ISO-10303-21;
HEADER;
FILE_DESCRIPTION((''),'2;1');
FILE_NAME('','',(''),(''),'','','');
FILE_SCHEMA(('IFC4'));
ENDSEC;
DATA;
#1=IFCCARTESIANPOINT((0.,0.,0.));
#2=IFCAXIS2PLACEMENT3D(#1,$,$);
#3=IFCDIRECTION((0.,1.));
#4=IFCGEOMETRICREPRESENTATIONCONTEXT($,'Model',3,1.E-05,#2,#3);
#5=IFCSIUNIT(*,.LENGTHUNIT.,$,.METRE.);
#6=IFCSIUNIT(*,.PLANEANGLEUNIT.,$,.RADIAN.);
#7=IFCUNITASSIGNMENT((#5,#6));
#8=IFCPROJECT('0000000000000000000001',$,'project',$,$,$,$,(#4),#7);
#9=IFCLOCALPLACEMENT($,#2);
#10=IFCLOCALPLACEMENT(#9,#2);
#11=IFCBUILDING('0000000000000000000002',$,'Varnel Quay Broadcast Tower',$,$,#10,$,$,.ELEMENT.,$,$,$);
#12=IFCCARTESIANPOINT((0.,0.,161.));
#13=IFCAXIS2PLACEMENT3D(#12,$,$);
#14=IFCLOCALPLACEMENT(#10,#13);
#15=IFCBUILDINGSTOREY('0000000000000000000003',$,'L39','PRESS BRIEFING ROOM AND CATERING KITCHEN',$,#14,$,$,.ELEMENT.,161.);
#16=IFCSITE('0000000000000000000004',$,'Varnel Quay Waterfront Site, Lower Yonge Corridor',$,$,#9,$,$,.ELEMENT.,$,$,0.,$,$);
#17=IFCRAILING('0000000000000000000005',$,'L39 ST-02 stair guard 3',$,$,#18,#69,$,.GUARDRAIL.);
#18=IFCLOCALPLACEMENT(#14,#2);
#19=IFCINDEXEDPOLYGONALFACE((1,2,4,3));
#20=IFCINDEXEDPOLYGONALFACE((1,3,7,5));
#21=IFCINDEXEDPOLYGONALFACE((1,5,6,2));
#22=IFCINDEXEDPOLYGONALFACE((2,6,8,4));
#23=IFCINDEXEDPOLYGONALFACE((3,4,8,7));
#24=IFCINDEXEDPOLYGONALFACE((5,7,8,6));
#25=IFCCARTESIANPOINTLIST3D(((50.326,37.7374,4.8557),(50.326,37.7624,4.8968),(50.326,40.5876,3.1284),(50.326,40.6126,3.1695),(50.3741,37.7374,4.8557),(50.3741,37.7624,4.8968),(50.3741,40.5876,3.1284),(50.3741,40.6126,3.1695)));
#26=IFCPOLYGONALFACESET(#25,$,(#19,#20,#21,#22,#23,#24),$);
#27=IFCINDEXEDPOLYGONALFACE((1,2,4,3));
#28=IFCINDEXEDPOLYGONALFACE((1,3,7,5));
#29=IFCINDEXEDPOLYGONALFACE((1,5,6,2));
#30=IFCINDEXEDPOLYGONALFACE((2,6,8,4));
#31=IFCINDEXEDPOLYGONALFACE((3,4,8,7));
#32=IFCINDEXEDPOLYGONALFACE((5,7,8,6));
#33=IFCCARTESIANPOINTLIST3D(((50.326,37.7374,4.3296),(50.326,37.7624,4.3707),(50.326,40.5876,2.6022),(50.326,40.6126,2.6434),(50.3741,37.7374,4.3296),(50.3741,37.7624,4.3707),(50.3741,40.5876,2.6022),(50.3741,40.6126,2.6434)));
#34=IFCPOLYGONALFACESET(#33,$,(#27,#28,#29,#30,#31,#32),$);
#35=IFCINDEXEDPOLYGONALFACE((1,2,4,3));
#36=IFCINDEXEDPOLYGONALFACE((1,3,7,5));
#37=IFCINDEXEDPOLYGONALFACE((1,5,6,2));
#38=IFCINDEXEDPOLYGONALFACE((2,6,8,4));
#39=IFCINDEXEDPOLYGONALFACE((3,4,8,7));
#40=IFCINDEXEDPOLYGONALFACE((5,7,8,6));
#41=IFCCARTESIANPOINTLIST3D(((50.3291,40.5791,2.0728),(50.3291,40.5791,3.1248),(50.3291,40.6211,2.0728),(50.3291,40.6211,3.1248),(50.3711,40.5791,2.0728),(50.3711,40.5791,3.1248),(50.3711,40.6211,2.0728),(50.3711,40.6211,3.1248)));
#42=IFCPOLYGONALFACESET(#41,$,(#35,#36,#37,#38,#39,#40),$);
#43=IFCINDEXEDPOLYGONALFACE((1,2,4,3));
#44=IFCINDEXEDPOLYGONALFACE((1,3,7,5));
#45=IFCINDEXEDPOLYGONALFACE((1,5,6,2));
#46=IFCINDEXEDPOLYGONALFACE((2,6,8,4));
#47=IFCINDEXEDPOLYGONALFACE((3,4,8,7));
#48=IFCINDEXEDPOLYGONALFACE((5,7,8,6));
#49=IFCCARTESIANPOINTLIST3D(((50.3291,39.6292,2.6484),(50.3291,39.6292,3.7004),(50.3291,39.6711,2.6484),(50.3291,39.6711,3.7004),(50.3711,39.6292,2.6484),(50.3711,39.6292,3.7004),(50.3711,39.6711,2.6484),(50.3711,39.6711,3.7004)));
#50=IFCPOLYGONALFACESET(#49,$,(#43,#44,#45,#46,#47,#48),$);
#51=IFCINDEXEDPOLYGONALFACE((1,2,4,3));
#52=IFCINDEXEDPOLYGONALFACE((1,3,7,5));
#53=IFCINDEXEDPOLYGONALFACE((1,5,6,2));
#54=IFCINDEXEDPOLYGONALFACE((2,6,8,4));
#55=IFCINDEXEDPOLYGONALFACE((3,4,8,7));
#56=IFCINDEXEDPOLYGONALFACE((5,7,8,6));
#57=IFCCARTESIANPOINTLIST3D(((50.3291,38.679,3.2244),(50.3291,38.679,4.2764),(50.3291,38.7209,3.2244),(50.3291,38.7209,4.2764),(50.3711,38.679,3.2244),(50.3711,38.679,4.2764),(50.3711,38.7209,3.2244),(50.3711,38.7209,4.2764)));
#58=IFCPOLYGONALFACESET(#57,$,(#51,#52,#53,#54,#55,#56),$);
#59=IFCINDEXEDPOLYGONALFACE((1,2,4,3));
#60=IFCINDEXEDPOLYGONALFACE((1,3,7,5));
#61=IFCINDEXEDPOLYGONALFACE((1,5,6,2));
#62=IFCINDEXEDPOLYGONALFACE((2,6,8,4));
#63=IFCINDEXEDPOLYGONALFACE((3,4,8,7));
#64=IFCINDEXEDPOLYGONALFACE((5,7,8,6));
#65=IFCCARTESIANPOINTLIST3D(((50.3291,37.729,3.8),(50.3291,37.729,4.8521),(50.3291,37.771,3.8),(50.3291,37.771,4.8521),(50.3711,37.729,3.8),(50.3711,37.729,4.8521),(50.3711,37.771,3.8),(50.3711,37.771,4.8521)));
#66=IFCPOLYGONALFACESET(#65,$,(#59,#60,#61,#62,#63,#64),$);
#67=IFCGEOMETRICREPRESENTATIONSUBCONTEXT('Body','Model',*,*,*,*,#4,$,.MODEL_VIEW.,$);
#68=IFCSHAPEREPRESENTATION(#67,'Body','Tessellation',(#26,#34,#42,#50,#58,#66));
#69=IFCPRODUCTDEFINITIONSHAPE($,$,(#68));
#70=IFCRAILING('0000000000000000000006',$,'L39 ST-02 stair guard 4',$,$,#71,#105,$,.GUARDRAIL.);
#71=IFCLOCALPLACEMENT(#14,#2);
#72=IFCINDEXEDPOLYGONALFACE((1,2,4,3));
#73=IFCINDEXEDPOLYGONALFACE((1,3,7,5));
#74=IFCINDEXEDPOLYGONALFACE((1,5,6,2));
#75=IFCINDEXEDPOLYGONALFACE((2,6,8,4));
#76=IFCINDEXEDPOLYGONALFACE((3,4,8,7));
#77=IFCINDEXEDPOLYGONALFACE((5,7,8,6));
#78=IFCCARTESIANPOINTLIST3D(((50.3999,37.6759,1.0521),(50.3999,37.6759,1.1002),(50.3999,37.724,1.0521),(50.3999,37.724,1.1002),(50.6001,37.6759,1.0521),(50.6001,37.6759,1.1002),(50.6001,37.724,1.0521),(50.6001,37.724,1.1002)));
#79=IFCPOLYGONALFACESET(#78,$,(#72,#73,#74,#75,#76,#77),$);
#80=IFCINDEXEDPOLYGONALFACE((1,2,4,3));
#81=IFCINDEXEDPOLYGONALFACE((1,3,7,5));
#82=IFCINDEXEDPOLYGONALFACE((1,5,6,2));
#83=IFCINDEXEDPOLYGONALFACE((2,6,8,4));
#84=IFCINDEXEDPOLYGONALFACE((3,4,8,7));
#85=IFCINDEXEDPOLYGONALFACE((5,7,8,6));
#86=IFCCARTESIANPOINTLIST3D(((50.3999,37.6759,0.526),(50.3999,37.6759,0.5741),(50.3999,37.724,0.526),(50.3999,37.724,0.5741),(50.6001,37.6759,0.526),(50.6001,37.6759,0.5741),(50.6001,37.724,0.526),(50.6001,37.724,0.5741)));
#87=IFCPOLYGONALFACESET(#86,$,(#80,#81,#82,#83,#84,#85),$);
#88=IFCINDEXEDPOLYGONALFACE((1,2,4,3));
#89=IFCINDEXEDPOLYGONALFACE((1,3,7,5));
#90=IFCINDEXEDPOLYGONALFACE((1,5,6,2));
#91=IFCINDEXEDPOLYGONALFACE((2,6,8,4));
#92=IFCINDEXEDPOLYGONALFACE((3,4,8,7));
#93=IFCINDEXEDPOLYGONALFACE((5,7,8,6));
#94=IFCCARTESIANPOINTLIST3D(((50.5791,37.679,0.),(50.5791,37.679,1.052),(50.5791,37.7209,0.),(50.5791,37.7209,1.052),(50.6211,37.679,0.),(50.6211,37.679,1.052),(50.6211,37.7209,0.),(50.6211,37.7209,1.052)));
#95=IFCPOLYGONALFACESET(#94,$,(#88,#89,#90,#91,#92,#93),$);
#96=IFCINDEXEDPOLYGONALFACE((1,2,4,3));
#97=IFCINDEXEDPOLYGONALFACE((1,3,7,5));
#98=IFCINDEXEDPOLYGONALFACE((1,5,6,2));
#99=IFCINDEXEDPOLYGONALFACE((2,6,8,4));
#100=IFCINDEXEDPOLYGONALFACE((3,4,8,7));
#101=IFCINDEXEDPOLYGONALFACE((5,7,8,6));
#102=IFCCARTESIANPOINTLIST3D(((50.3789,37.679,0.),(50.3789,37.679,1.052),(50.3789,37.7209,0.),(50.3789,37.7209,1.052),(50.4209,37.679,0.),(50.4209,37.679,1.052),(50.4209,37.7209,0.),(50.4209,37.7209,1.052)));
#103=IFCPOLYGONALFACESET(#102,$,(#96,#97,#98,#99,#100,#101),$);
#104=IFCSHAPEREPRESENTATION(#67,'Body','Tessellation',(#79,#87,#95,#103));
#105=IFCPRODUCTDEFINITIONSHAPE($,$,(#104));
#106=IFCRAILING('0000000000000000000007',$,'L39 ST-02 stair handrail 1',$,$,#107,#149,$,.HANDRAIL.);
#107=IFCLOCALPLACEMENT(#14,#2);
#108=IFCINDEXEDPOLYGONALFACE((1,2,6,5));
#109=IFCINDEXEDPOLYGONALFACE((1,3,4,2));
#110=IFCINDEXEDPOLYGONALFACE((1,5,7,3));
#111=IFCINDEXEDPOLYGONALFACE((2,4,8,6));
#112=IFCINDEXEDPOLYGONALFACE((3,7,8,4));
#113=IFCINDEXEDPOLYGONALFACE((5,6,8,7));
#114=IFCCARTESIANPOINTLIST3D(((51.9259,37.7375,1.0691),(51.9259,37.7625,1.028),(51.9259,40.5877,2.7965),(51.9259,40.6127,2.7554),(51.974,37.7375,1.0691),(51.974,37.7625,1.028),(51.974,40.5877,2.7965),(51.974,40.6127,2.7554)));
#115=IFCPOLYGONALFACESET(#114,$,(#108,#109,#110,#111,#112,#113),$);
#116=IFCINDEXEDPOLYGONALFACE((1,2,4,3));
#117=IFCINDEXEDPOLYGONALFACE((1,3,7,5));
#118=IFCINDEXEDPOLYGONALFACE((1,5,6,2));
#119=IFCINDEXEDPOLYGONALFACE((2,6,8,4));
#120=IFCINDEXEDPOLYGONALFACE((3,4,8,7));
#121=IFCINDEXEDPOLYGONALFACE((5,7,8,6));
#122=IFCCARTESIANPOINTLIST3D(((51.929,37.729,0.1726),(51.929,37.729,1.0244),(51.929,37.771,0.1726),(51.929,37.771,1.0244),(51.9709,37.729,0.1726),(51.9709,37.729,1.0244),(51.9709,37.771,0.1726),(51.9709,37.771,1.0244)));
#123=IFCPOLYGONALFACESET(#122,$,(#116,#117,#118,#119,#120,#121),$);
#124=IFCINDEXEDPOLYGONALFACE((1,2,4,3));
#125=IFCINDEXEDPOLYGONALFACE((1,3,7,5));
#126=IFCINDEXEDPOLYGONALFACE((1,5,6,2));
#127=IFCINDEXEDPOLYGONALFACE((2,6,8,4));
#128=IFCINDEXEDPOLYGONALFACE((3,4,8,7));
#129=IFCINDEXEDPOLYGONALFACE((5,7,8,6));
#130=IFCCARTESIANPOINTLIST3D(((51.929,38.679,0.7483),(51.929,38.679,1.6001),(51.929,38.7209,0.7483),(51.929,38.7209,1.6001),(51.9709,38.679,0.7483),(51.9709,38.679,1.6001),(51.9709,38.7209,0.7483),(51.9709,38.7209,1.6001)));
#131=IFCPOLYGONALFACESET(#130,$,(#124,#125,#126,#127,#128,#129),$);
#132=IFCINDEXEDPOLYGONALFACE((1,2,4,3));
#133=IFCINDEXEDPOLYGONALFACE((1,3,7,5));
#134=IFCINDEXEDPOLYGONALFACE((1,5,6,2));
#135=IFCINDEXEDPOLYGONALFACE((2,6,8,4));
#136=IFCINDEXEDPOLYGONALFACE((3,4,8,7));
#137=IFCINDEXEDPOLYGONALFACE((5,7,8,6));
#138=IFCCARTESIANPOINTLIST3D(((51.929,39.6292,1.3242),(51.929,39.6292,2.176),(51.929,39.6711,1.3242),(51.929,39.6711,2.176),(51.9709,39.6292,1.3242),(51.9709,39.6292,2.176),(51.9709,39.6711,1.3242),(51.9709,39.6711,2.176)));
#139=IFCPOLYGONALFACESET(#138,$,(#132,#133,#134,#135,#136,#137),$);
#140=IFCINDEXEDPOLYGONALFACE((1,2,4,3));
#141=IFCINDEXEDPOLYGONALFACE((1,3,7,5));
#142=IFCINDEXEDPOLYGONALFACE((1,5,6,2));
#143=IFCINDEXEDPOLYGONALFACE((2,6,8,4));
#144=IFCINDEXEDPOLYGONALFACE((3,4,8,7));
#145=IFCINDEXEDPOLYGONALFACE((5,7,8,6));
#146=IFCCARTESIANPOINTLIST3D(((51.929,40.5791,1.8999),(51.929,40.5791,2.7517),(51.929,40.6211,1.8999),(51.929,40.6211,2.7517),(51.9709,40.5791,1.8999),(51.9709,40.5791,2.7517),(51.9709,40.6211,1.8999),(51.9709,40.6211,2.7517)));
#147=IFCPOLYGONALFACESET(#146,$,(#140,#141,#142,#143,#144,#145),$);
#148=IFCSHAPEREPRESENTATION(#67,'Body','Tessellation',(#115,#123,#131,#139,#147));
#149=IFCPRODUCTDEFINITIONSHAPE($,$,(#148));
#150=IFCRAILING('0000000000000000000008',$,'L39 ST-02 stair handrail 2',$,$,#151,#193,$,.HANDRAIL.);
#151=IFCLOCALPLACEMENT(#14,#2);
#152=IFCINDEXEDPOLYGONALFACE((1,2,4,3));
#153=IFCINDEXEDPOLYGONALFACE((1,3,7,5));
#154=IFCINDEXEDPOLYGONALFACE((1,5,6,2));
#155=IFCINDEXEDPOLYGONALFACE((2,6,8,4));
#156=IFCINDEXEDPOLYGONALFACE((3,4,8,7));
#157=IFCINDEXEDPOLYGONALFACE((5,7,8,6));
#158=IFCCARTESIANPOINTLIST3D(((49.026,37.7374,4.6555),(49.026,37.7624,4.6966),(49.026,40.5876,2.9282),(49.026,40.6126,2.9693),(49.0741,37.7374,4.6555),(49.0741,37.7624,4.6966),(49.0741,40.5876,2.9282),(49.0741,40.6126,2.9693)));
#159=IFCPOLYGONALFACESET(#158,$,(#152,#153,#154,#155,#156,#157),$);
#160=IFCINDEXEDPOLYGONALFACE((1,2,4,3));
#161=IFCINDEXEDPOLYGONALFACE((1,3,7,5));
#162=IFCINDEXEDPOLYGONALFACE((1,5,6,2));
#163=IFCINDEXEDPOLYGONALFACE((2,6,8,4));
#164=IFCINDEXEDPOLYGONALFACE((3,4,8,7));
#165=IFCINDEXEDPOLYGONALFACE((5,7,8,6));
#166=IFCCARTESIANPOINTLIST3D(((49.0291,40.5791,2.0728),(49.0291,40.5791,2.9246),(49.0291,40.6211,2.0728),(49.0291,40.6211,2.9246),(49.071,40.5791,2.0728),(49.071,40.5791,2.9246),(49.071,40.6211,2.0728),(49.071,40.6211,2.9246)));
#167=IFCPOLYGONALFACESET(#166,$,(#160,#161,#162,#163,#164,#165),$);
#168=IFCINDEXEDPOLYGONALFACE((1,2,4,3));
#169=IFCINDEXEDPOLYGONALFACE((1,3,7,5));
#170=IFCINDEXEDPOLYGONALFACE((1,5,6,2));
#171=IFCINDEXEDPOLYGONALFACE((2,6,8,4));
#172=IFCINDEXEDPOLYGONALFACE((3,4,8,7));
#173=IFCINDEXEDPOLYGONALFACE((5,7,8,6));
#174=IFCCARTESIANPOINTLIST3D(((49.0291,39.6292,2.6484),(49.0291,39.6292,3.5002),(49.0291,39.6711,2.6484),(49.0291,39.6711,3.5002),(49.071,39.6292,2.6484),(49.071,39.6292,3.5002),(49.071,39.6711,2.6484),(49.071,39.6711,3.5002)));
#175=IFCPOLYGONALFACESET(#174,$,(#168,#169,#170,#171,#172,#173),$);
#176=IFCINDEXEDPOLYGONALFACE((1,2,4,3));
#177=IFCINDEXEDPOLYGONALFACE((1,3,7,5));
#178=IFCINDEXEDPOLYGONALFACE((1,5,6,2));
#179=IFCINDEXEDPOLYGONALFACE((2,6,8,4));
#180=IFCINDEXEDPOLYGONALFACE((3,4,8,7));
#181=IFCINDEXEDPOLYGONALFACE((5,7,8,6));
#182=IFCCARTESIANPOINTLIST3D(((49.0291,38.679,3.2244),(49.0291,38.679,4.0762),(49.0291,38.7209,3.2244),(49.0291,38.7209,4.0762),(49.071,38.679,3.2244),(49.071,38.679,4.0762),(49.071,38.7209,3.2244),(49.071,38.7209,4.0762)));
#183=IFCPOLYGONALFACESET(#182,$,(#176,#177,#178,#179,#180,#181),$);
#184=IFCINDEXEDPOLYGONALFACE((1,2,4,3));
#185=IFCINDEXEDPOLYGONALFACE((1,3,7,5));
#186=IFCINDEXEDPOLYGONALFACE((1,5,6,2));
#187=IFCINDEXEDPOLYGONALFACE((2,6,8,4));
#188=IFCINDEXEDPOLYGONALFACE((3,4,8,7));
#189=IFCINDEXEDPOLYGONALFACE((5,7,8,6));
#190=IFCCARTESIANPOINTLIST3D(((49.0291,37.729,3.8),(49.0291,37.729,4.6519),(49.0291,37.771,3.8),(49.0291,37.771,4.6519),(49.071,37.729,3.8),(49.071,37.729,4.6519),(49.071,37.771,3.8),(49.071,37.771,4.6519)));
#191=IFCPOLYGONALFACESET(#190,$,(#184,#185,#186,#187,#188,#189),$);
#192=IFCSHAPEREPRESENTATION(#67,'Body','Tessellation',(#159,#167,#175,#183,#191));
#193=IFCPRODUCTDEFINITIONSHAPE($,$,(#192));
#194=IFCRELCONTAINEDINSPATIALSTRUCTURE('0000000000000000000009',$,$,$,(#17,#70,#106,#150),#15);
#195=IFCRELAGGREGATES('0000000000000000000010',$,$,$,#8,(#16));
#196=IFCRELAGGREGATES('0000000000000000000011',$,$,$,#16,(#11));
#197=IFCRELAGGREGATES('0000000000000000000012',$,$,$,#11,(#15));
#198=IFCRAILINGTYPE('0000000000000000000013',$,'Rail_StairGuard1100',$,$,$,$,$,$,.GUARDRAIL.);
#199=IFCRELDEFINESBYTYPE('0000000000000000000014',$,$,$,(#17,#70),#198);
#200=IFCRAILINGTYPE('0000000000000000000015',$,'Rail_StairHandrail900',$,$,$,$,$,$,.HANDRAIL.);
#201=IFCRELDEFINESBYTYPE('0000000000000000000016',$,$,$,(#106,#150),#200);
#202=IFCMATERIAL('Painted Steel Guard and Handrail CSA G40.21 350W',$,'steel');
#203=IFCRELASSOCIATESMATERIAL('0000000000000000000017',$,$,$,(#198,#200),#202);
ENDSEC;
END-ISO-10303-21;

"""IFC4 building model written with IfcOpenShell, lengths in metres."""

from ifc_helpers import new_model, si_unit, direction, frame, origin, origin_2d, place, context, subcontext, project, spatial, rectangle, extrude, material, type_object, element, save


model = new_model("IFC4")

# Units and contexts
model_context = context("Model", 3, precision=1e-05, world=origin(), true_north=direction((0.0, 1.0)))
body_context = subcontext(model_context, "Body", "Model", "MODEL_VIEW")
ifc_project = project(units=[si_unit("LENGTHUNIT", "METRE"), si_unit("PLANEANGLEUNIT", "RADIAN")], contexts=[model_context])

# Site, building, storey
site_placement = place(None, origin())
site = spatial("IfcSite", under=ifc_project, at=site_placement, Name="Varnel Quay Waterfront Site, Lower Yonge Corridor", CompositionType="ELEMENT", RefElevation=0.0)
building_placement = place(site_placement, origin())
building = spatial("IfcBuilding", under=site, at=building_placement, Name="Varnel Quay Broadcast Tower", CompositionType="ELEMENT")
storey_placement = place(building_placement, frame((0.0, 0.0, 161.0)))
storey = spatial("IfcBuildingStorey", under=building, at=storey_placement, Name="L39", Description="PRESS BRIEFING ROOM AND CATERING KITCHEN", CompositionType="ELEMENT", Elevation=161.0)

# Railings
ifc_material_1 = material(Name="Painted Steel Guard and Handrail CSA G40.21 350W", Category="steel")
railing_type_1 = type_object("IfcRailingType", Name="Rail_StairGuard1100", PredefinedType="GUARDRAIL", material=ifc_material_1)
railing_1_placement = place(storey_placement, frame((50.3501, 40.6001, 2.0728)))
element("IfcRailing", 1, at=railing_1_placement, inside=storey, type_object=railing_type_1, Name="L39 ST-02 stair guard 3", PredefinedType="GUARDRAIL", context=body_context, shape_type="SweptSolid", body=[
    extrude(rectangle(XDim=0.0481, YDim=0.0481, at=origin_2d()), frame((0.0, 0.0, 1.0762), z_axis=(0.0, -0.855203, 0.518294), x_axis=(1.0, 0.0, 0.0)), (0.0, 0.0, 1.0), 3.3328),
    extrude(rectangle(XDim=0.0481, YDim=0.0481, at=origin_2d()), frame((0.0, 0.0, 0.55), z_axis=(0.0, -0.855203, 0.518294), x_axis=(1.0, 0.0, 0.0)), (0.0, 0.0, 1.0), 3.3328),
    extrude(rectangle(XDim=0.042, YDim=0.042, at=origin_2d()), origin(), (0.0, 0.0, 1.0), 1.052),
    extrude(rectangle(XDim=0.042, YDim=0.042, at=origin_2d()), frame((0.0, -0.95, 0.5757)), (0.0, 0.0, 1.0), 1.052),
    extrude(rectangle(XDim=0.042, YDim=0.042, at=origin_2d()), frame((0.0, -1.9001, 1.1516)), (0.0, 0.0, 1.0), 1.052),
    extrude(rectangle(XDim=0.042, YDim=0.042, at=origin_2d()), frame((0.0, -2.8501, 1.7273)), (0.0, 0.0, 1.0), 1.052),
])
railing_2_placement = place(storey_placement, frame((50.6001, 37.7, 0.0)))
element("IfcRailing", 2, at=railing_2_placement, inside=storey, type_object=railing_type_1, Name="L39 ST-02 stair guard 4", PredefinedType="GUARDRAIL", context=body_context, shape_type="SweptSolid", body=[
    extrude(rectangle(XDim=0.0481, YDim=0.0481, at=origin_2d()), frame((0.0, 0.0, 1.0762), z_axis=(-1.0, 0.0, 0.0), x_axis=(0.0, -1.0, 0.0)), (0.0, 0.0, 1.0), 0.2002),
    extrude(rectangle(XDim=0.0481, YDim=0.0481, at=origin_2d()), frame((0.0, 0.0, 0.55), z_axis=(-1.0, 0.0, 0.0), x_axis=(0.0, -1.0, 0.0)), (0.0, 0.0, 1.0), 0.2002),
    extrude(rectangle(XDim=0.042, YDim=0.042, at=origin_2d()), origin(), (0.0, 0.0, 1.0), 1.052),
    extrude(rectangle(XDim=0.042, YDim=0.042, at=origin_2d()), frame((-0.2002, 0.0, 0.0)), (0.0, 0.0, 1.0), 1.052),
])
railing_type_2 = type_object("IfcRailingType", Name="Rail_StairHandrail900", PredefinedType="HANDRAIL", material=ifc_material_1)
railing_3_placement = place(storey_placement, frame((51.95, 37.75, 0.1726)))
element("IfcRailing", 3, at=railing_3_placement, inside=storey, type_object=railing_type_2, Name="L39 ST-02 stair handrail 1", PredefinedType="HANDRAIL", context=body_context, shape_type="SweptSolid", body=[
    extrude(rectangle(XDim=0.0481, YDim=0.0481, at=origin_2d()), frame((0.0, 0.0, 0.876), z_axis=(0.0, 0.855203, 0.518294), x_axis=(-1.0, 0.0, 0.0)), (0.0, 0.0, 1.0), 3.3328),
    extrude(rectangle(XDim=0.042, YDim=0.042, at=origin_2d()), origin(), (0.0, 0.0, 1.0), 0.8518),
    extrude(rectangle(XDim=0.042, YDim=0.042, at=origin_2d()), frame((0.0, 0.95, 0.5757)), (0.0, 0.0, 1.0), 0.8518),
    extrude(rectangle(XDim=0.042, YDim=0.042, at=origin_2d()), frame((0.0, 1.9001, 1.1516)), (0.0, 0.0, 1.0), 0.8518),
    extrude(rectangle(XDim=0.042, YDim=0.042, at=origin_2d()), frame((0.0, 2.8501, 1.7273)), (0.0, 0.0, 1.0), 0.8518),
])
railing_4_placement = place(storey_placement, frame((49.05, 40.6001, 2.0728)))
element("IfcRailing", 4, at=railing_4_placement, inside=storey, type_object=railing_type_2, Name="L39 ST-02 stair handrail 2", PredefinedType="HANDRAIL", context=body_context, shape_type="SweptSolid", body=[
    extrude(rectangle(XDim=0.0481, YDim=0.0481, at=origin_2d()), frame((0.0, 0.0, 0.876), z_axis=(0.0, -0.855203, 0.518294), x_axis=(1.0, 0.0, 0.0)), (0.0, 0.0, 1.0), 3.3328),
    extrude(rectangle(XDim=0.042, YDim=0.042, at=origin_2d()), origin(), (0.0, 0.0, 1.0), 0.8518),
    extrude(rectangle(XDim=0.042, YDim=0.042, at=origin_2d()), frame((0.0, -0.95, 0.5757)), (0.0, 0.0, 1.0), 0.8518),
    extrude(rectangle(XDim=0.042, YDim=0.042, at=origin_2d()), frame((0.0, -1.9001, 1.1516)), (0.0, 0.0, 1.0), 0.8518),
    extrude(rectangle(XDim=0.042, YDim=0.042, at=origin_2d()), frame((0.0, -2.8501, 1.7273)), (0.0, 0.0, 1.0), 0.8518),
])

save(model, "model.ifc")
